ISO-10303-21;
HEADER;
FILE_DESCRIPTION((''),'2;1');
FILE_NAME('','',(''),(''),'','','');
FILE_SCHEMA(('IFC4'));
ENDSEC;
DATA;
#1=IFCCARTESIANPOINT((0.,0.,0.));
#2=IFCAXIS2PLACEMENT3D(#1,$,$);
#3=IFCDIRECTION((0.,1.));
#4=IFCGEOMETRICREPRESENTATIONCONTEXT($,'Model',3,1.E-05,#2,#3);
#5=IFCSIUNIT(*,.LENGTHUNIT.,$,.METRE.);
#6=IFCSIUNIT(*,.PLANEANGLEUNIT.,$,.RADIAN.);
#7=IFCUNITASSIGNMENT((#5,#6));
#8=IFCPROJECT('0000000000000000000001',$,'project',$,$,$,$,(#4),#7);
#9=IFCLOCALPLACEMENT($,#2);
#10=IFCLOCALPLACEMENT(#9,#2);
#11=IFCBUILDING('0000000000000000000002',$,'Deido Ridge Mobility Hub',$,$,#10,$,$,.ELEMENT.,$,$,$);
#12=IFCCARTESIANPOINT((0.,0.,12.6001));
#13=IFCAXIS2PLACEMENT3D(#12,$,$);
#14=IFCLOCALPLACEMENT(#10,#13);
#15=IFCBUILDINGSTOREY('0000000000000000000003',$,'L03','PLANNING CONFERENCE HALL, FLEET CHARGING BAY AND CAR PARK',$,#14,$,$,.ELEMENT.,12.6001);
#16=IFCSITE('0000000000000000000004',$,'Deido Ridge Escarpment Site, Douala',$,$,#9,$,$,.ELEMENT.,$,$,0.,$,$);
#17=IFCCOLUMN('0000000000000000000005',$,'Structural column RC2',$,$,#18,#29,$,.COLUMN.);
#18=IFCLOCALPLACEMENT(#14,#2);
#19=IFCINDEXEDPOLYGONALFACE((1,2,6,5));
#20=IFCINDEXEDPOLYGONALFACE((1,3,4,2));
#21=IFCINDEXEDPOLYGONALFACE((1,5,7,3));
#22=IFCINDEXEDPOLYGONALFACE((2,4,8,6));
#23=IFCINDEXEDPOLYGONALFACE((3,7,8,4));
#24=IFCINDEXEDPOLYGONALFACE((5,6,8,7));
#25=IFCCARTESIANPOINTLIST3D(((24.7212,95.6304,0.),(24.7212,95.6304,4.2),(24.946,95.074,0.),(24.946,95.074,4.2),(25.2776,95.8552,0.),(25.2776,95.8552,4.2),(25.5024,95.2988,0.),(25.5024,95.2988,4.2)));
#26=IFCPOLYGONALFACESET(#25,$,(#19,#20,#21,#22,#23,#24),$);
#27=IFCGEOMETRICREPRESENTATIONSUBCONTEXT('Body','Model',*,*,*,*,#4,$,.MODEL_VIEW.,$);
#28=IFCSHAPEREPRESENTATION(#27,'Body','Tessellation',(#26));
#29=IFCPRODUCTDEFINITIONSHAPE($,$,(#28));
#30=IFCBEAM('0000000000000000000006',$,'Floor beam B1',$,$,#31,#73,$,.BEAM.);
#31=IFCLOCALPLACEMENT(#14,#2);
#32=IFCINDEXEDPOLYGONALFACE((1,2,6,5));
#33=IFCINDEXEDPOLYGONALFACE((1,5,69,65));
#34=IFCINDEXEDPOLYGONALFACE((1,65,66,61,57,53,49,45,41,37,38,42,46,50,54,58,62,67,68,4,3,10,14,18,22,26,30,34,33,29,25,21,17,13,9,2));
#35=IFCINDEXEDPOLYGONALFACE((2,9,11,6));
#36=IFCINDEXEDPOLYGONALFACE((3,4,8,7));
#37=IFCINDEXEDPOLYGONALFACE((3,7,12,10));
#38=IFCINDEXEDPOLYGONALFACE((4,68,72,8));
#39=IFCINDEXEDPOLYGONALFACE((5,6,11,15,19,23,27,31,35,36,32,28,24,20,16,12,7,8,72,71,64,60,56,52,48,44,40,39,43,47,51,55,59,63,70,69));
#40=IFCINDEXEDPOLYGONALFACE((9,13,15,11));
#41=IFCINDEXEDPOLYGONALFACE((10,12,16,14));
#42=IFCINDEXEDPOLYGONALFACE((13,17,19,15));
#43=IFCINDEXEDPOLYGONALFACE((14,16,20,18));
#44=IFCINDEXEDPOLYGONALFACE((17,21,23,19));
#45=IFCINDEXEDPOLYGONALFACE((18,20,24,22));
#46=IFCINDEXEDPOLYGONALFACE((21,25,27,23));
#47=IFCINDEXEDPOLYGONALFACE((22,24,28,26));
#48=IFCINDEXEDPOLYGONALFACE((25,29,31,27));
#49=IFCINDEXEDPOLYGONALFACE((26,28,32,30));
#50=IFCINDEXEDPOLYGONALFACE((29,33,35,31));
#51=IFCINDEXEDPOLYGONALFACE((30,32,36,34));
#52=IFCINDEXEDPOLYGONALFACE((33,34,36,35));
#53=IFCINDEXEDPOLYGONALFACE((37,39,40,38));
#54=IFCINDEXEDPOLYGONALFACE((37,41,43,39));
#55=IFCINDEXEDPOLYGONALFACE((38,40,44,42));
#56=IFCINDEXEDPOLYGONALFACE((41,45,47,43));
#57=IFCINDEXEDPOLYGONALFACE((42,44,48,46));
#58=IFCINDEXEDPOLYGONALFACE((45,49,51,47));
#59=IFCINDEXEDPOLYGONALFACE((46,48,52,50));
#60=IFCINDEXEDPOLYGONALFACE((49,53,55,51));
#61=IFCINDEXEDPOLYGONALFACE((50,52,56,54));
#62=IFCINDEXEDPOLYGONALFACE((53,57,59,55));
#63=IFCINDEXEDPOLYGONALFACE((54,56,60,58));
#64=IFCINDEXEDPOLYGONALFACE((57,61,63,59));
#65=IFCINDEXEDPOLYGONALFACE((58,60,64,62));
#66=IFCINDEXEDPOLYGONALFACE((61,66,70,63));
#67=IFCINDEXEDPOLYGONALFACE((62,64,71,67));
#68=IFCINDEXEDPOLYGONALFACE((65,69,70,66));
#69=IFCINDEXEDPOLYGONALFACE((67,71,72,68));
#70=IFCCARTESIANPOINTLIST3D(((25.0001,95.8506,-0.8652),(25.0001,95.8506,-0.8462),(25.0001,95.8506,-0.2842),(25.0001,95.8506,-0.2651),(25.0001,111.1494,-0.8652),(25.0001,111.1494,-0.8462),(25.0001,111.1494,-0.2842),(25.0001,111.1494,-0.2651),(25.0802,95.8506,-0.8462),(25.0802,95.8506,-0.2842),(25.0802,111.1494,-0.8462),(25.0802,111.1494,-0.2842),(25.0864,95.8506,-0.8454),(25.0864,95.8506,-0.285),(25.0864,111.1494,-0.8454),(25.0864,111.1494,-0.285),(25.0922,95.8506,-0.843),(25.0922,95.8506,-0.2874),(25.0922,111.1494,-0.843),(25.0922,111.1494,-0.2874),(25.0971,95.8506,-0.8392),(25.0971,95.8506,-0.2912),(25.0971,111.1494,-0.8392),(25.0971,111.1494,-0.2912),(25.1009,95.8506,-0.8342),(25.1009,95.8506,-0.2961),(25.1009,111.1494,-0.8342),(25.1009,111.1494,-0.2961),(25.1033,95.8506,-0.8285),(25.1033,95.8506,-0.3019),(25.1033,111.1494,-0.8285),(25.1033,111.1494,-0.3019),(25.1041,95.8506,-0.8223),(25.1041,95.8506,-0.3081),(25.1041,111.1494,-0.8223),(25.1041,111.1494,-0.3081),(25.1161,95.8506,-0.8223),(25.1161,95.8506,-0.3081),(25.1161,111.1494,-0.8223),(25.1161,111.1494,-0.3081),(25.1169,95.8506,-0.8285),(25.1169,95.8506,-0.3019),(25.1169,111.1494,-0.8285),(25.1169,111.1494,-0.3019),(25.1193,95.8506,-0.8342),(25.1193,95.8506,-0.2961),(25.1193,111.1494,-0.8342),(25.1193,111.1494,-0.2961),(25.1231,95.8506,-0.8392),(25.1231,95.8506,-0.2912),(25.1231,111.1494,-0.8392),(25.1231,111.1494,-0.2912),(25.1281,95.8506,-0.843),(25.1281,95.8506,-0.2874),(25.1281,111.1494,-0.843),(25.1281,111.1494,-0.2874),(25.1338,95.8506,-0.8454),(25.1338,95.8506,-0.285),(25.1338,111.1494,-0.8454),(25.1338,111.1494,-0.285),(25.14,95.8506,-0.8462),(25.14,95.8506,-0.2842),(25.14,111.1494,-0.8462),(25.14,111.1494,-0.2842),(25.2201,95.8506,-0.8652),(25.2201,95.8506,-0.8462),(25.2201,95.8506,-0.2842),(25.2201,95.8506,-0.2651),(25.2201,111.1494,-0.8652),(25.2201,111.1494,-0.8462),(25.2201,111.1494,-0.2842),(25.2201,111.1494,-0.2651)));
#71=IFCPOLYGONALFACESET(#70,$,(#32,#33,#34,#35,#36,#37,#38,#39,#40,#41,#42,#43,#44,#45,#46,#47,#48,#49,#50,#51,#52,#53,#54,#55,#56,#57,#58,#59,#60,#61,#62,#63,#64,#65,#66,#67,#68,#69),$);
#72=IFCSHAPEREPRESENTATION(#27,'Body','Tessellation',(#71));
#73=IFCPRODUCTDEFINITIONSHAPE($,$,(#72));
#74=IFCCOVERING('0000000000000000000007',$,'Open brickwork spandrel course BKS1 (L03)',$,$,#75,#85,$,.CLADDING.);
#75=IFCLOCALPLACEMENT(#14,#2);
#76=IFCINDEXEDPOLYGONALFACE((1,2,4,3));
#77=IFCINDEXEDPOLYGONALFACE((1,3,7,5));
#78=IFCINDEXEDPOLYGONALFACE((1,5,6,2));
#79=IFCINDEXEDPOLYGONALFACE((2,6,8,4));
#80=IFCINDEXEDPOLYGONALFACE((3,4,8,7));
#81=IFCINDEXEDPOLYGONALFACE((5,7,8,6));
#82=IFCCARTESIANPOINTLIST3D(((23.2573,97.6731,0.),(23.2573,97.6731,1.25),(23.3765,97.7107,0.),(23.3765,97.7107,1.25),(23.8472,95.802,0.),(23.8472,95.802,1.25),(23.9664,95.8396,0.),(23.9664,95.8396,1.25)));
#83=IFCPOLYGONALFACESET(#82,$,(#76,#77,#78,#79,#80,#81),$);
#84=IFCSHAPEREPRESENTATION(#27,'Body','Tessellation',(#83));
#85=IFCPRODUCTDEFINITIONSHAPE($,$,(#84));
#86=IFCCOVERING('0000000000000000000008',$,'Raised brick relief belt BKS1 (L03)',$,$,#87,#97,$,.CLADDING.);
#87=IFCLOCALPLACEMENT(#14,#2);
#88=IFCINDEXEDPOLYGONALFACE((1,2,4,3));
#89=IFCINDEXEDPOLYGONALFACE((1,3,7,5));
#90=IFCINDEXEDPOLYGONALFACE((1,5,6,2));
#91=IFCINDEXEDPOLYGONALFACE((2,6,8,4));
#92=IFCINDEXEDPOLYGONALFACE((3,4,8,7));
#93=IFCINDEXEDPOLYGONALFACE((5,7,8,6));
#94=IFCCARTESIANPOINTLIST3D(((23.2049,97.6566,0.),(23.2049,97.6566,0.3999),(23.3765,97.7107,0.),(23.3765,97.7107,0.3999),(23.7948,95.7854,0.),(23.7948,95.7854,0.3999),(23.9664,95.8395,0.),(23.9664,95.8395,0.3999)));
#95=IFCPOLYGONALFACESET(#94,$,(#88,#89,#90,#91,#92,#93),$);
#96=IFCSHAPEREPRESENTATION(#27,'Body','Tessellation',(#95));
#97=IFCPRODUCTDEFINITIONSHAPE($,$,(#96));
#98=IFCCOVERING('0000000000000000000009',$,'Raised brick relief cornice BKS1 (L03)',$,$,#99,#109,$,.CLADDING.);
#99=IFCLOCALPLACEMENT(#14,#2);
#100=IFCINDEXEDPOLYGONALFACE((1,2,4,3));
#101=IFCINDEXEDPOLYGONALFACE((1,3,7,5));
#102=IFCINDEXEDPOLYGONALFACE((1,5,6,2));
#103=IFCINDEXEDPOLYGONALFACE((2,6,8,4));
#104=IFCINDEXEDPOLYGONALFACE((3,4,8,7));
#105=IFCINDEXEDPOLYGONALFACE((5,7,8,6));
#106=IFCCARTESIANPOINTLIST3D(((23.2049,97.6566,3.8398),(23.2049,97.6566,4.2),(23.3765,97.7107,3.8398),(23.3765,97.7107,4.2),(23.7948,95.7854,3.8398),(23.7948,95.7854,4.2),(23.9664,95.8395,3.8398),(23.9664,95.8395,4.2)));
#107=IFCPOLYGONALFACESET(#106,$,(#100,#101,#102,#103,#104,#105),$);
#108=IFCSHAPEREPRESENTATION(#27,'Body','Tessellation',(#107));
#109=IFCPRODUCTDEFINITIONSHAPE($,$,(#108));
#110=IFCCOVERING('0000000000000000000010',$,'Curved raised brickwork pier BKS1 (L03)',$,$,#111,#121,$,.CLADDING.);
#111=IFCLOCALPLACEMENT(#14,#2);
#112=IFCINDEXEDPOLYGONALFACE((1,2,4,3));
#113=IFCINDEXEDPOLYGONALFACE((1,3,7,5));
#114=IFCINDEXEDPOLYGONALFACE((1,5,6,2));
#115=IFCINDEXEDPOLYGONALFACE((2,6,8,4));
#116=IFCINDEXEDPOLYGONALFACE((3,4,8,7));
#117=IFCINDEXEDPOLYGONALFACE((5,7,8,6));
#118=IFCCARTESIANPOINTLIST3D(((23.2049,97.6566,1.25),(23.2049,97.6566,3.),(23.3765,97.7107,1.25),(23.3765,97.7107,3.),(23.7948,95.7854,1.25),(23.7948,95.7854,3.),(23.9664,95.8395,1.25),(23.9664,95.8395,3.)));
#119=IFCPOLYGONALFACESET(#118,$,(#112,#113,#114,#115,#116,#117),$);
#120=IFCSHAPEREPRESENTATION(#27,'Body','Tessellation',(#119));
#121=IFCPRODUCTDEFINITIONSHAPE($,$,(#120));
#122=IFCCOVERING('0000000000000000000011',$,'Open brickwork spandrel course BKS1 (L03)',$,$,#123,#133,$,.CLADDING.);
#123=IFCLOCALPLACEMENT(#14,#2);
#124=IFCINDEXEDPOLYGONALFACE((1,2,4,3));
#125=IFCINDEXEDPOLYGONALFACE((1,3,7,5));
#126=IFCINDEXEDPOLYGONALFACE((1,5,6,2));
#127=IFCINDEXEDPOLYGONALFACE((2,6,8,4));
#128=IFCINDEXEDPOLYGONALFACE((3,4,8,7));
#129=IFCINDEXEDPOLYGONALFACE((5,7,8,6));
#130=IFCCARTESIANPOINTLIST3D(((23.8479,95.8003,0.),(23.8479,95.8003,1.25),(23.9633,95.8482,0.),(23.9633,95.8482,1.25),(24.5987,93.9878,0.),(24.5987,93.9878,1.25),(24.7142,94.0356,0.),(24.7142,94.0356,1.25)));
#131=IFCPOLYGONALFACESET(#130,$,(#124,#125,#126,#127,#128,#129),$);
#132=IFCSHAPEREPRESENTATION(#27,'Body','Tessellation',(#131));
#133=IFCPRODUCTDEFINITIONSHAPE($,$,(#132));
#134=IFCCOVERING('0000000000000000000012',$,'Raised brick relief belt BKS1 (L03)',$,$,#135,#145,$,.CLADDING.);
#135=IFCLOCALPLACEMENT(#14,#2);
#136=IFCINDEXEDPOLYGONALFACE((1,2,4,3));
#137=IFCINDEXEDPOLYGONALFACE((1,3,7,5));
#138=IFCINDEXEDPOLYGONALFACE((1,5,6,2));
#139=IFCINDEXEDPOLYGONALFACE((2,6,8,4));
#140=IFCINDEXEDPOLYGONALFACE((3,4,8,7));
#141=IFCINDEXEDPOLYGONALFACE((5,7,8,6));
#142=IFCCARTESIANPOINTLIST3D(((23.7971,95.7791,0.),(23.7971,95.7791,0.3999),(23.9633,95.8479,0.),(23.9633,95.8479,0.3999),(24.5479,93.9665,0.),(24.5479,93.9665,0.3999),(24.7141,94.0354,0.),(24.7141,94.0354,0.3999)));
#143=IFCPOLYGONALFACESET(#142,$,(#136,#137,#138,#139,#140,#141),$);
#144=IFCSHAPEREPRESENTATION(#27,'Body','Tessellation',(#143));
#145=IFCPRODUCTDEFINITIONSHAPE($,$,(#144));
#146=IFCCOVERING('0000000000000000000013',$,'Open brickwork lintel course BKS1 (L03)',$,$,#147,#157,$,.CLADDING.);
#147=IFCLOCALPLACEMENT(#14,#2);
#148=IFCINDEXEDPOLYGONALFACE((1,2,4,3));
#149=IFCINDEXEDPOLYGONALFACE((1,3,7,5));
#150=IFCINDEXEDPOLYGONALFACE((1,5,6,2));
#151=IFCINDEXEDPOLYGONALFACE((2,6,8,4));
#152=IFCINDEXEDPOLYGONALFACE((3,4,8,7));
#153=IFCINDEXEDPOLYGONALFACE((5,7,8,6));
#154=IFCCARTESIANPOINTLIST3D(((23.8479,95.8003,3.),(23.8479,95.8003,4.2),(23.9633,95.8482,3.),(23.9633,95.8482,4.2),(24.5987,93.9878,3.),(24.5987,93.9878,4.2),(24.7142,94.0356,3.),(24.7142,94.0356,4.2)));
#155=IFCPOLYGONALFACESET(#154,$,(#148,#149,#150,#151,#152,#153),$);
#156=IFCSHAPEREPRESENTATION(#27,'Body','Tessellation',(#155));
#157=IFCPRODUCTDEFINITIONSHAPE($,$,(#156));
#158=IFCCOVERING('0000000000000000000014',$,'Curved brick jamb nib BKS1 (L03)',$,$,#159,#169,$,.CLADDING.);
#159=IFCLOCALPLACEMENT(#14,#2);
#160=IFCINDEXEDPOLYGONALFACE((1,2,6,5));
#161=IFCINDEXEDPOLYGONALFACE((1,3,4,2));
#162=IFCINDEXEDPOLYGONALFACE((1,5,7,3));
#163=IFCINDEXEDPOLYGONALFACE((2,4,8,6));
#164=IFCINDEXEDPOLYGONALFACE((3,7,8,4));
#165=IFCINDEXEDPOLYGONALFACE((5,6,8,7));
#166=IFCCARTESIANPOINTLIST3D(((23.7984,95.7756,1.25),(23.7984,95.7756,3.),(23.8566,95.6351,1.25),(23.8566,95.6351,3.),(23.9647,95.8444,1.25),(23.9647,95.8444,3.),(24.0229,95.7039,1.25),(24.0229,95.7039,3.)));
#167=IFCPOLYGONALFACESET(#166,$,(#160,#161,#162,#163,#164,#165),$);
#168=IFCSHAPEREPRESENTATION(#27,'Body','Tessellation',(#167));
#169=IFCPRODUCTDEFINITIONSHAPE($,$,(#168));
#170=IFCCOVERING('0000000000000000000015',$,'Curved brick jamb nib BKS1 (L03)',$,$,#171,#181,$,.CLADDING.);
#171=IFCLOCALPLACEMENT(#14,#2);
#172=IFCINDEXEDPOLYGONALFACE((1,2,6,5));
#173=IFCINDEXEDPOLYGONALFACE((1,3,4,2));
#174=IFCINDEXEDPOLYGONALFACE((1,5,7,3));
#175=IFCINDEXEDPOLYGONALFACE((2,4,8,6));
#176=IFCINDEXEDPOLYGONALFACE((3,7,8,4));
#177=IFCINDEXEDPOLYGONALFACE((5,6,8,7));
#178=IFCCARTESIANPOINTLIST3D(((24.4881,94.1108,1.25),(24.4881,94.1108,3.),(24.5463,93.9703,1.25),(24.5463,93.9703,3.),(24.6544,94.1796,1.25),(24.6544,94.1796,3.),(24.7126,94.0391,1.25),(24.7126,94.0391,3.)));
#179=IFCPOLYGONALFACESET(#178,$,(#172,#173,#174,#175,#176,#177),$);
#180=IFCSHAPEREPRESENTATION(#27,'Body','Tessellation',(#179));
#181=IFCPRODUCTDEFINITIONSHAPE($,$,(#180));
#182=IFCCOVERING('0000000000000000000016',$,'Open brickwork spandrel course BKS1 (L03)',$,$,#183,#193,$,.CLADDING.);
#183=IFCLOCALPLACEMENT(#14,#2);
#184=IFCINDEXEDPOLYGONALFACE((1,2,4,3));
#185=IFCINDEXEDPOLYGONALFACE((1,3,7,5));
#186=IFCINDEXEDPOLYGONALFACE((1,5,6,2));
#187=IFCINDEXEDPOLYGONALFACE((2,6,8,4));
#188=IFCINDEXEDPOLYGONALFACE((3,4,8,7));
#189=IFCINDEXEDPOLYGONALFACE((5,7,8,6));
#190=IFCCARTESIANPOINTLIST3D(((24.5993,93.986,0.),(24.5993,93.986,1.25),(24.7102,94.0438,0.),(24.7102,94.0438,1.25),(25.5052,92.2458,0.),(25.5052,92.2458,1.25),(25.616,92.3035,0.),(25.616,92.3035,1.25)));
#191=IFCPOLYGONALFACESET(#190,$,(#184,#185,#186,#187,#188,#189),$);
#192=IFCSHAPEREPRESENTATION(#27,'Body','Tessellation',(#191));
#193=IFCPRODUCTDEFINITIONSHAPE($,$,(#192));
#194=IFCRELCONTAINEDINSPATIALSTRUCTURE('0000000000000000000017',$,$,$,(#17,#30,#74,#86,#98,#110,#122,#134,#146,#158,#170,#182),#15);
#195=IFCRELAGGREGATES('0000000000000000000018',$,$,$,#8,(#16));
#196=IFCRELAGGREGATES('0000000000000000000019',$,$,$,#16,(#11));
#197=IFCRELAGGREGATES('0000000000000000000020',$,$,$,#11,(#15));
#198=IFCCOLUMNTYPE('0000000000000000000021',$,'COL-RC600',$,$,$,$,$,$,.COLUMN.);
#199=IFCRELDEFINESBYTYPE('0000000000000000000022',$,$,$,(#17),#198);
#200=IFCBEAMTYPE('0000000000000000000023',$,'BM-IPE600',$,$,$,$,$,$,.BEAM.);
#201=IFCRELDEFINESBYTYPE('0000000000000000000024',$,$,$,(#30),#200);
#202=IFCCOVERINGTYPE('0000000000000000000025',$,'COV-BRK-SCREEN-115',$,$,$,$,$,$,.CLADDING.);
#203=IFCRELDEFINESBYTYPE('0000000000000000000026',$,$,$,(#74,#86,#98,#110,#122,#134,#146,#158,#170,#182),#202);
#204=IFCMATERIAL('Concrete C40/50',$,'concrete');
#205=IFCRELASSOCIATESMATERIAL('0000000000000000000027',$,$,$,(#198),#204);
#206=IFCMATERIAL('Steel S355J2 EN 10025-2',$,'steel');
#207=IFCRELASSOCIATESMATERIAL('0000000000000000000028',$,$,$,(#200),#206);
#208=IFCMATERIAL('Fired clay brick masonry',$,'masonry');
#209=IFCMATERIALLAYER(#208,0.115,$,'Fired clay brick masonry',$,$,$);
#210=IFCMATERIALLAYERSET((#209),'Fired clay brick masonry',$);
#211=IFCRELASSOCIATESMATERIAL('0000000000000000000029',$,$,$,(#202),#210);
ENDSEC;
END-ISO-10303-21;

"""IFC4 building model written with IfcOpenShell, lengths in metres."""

from ifc_helpers import new_model, si_unit, direction, frame, origin, origin_2d, place, context, subcontext, project, spatial, rectangle, i_section, extrude, material, layer, layer_set, material_profile, profile_set, type_object, element, save


model = new_model("IFC4")

# Units and contexts
model_context = context("Model", 3, precision=1e-05, world=origin(), true_north=direction((0.0, 1.0)))
body_context = subcontext(model_context, "Body", "Model", "MODEL_VIEW")
ifc_project = project(units=[si_unit("LENGTHUNIT", "METRE"), si_unit("PLANEANGLEUNIT", "RADIAN")], contexts=[model_context])

# Site, building, storey
site_placement = place(None, origin())
site = spatial("IfcSite", under=ifc_project, at=site_placement, Name="Deido Ridge Escarpment Site, Douala", CompositionType="ELEMENT", RefElevation=0.0)
building_placement = place(site_placement, origin())
building = spatial("IfcBuilding", under=site, at=building_placement, Name="Deido Ridge Mobility Hub", CompositionType="ELEMENT")
storey_placement = place(building_placement, frame((0.0, 0.0, 12.6001)))
storey = spatial("IfcBuildingStorey", under=building, at=storey_placement, Name="L03", Description="PLANNING CONFERENCE HALL, FLEET CHARGING BAY AND CAR PARK", CompositionType="ELEMENT", Elevation=12.6001)

# Column
ifc_material_1 = material(Name="Concrete C40/50", Category="concrete")
ifc_material_profile_1 = material_profile(ifc_material_1, rectangle(XDim=0.6001, YDim=0.6001, at=origin_2d()), Name="RC COL 600x600")
ifc_profile_set_1 = profile_set([ifc_material_profile_1], Name="Concrete C40/50")
column_type = type_object("IfcColumnType", Name="COL-RC600", PredefinedType="COLUMN", material=ifc_profile_set_1)
column_placement = place(storey_placement, frame((25.1118, 95.4646, 0.0), z_axis=(0.0, 0.0, 1.0), x_axis=(-0.927184, -0.374607, 0.0)))
element("IfcColumn", 1, at=column_placement, inside=storey, type_object=column_type, Name="Structural column RC2", PredefinedType="COLUMN", context=body_context, shape_type="SweptSolid", body=[
    extrude(rectangle(XDim=0.6001, YDim=0.6001, at=origin_2d()), origin(), (0.0, 0.0, 1.0), 4.2),
])

# Beam
ifc_material_2 = material(Name="Steel S355J2 EN 10025-2", Category="steel")
ifc_material_profile_2 = material_profile(ifc_material_2, i_section(OverallWidth=0.22, OverallDepth=0.6001, WebThickness=0.012, FlangeThickness=0.019, FilletRadius=0.0239, at=origin_2d()), Name="IPE 600")
ifc_profile_set_2 = profile_set([ifc_material_profile_2], Name="Steel S355J2 EN 10025-2")
beam_type = type_object("IfcBeamType", Name="BM-IPE600", PredefinedType="BEAM", material=ifc_profile_set_2)
beam_placement = place(storey_placement, frame((25.1101, 95.8506, -0.5652), z_axis=(0.0, 1.0, 0.0), x_axis=(-1.0, 0.0, 0.0)))
element("IfcBeam", 2, at=beam_placement, inside=storey, type_object=beam_type, Name="Floor beam B1", PredefinedType="BEAM", context=body_context, shape_type="SweptSolid", body=[
    extrude(i_section(OverallWidth=0.22, OverallDepth=0.6001, WebThickness=0.012, FlangeThickness=0.019, FilletRadius=0.0239, at=origin_2d()), origin(), (0.0, 0.0, 1.0), 15.2988),
])

# Coverings
ifc_material_3 = material(Name="Fired clay brick masonry", Category="masonry")
ifc_layer = layer(ifc_material_3, 0.115, Name="Fired clay brick masonry")
ifc_layer_set = layer_set([ifc_layer], Name="Fired clay brick masonry")
covering_type = type_object("IfcCoveringType", Name="COV-BRK-SCREEN-115", PredefinedType="CLADDING", material=ifc_layer_set)
covering_1_placement = place(storey_placement, frame((23.6118, 96.7563, 0.0), z_axis=(0.0, 0.0, 1.0), x_axis=(0.300673, -0.953727, 0.0)))
element("IfcCovering", 3, at=covering_1_placement, inside=storey, type_object=covering_type, Name="Open brickwork spandrel course BKS1 (L03)", PredefinedType="CLADDING", context=body_context, shape_type="SweptSolid", body=[
    extrude(rectangle(XDim=1.9619, YDim=0.125, at=origin_2d()), origin(), (0.0, 0.0, 1.0), 1.25),
])
covering_2_placement = place(storey_placement, frame((23.5857, 96.748, 0.0), z_axis=(0.0, 0.0, 1.0), x_axis=(0.300673, -0.953727, 0.0)))
element("IfcCovering", 4, at=covering_2_placement, inside=storey, type_object=covering_type, Name="Raised brick relief belt BKS1 (L03)", PredefinedType="CLADDING", context=body_context, shape_type="SweptSolid", body=[
    extrude(rectangle(XDim=1.9619, YDim=0.1799, at=origin_2d()), origin(), (0.0, 0.0, 1.0), 0.3999),
])
covering_3_placement = place(storey_placement, frame((23.5857, 96.748, 3.8398), z_axis=(0.0, 0.0, 1.0), x_axis=(0.300673, -0.953727, 0.0)))
element("IfcCovering", 5, at=covering_3_placement, inside=storey, type_object=covering_type, Name="Raised brick relief cornice BKS1 (L03)", PredefinedType="CLADDING", context=body_context, shape_type="SweptSolid", body=[
    extrude(rectangle(XDim=1.9619, YDim=0.1799, at=origin_2d()), origin(), (0.0, 0.0, 1.0), 0.3601),
])
covering_4_placement = place(storey_placement, frame((23.5857, 96.748, 1.25), z_axis=(0.0, 0.0, 1.0), x_axis=(0.300673, -0.953727, 0.0)))
element("IfcCovering", 6, at=covering_4_placement, inside=storey, type_object=covering_type, Name="Curved raised brickwork pier BKS1 (L03)", PredefinedType="CLADDING", context=body_context, shape_type="SweptSolid", body=[
    extrude(rectangle(XDim=1.9619, YDim=0.1799, at=origin_2d()), origin(), (0.0, 0.0, 1.0), 1.75),
])
covering_5_placement = place(storey_placement, frame((24.281, 94.918, 0.0), z_axis=(0.0, 0.0, 1.0), x_axis=(0.3827, -0.923873, 0.0)))
element("IfcCovering", 7, at=covering_5_placement, inside=storey, type_object=covering_type, Name="Open brickwork spandrel course BKS1 (L03)", PredefinedType="CLADDING", context=body_context, shape_type="SweptSolid", body=[
    extrude(rectangle(XDim=1.9619, YDim=0.125, at=origin_2d()), origin(), (0.0, 0.0, 1.0), 1.25),
])
covering_6_placement = place(storey_placement, frame((24.2556, 94.9072, 0.0), z_axis=(0.0, 0.0, 1.0), x_axis=(0.3827, -0.923873, 0.0)))
element("IfcCovering", 8, at=covering_6_placement, inside=storey, type_object=covering_type, Name="Raised brick relief belt BKS1 (L03)", PredefinedType="CLADDING", context=body_context, shape_type="SweptSolid", body=[
    extrude(rectangle(XDim=1.9619, YDim=0.1799, at=origin_2d()), origin(), (0.0, 0.0, 1.0), 0.3999),
])
covering_7_placement = place(storey_placement, frame((24.281, 94.918, 3.0), z_axis=(0.0, 0.0, 1.0), x_axis=(0.3827, -0.923873, 0.0)))
element("IfcCovering", 9, at=covering_7_placement, inside=storey, type_object=covering_type, Name="Open brickwork lintel course BKS1 (L03)", PredefinedType="CLADDING", context=body_context, shape_type="SweptSolid", body=[
    extrude(rectangle(XDim=1.9619, YDim=0.125, at=origin_2d()), origin(), (0.0, 0.0, 1.0), 1.2),
])
for number, where, z_axis, x_axis, name in (
    (10, (23.9106, 95.7397, 1.25), (0.0, 0.0, 1.0), (0.3827, -0.923873, 0.0), "Curved brick jamb nib BKS1 (L03)"),
    (11, (24.6003, 94.075, 1.25), (0.0, 0.0, 1.0), (0.3827, -0.923873, 0.0), "Curved brick jamb nib BKS1 (L03)"),
):
    element("IfcCovering", number, at=place(storey_placement, frame(where, z_axis=z_axis, x_axis=x_axis)), inside=storey, type_object=covering_type, Name=name, PredefinedType="CLADDING", context=body_context, shape_type="SweptSolid", body=[
        extrude(rectangle(XDim=0.1521, YDim=0.1799, at=origin_2d()), origin(), (0.0, 0.0, 1.0), 1.75),
    ])
covering_8_placement = place(storey_placement, frame((25.1077, 93.1448, 0.0), z_axis=(0.0, 0.0, 1.0), x_axis=(0.461733, -0.887019, 0.0)))
element("IfcCovering", 12, at=covering_8_placement, inside=storey, type_object=covering_type, Name="Open brickwork spandrel course BKS1 (L03)", PredefinedType="CLADDING", context=body_context, shape_type="SweptSolid", body=[
    extrude(rectangle(XDim=1.9619, YDim=0.125, at=origin_2d()), origin(), (0.0, 0.0, 1.0), 1.25),
])

save(model, "model.ifc")
